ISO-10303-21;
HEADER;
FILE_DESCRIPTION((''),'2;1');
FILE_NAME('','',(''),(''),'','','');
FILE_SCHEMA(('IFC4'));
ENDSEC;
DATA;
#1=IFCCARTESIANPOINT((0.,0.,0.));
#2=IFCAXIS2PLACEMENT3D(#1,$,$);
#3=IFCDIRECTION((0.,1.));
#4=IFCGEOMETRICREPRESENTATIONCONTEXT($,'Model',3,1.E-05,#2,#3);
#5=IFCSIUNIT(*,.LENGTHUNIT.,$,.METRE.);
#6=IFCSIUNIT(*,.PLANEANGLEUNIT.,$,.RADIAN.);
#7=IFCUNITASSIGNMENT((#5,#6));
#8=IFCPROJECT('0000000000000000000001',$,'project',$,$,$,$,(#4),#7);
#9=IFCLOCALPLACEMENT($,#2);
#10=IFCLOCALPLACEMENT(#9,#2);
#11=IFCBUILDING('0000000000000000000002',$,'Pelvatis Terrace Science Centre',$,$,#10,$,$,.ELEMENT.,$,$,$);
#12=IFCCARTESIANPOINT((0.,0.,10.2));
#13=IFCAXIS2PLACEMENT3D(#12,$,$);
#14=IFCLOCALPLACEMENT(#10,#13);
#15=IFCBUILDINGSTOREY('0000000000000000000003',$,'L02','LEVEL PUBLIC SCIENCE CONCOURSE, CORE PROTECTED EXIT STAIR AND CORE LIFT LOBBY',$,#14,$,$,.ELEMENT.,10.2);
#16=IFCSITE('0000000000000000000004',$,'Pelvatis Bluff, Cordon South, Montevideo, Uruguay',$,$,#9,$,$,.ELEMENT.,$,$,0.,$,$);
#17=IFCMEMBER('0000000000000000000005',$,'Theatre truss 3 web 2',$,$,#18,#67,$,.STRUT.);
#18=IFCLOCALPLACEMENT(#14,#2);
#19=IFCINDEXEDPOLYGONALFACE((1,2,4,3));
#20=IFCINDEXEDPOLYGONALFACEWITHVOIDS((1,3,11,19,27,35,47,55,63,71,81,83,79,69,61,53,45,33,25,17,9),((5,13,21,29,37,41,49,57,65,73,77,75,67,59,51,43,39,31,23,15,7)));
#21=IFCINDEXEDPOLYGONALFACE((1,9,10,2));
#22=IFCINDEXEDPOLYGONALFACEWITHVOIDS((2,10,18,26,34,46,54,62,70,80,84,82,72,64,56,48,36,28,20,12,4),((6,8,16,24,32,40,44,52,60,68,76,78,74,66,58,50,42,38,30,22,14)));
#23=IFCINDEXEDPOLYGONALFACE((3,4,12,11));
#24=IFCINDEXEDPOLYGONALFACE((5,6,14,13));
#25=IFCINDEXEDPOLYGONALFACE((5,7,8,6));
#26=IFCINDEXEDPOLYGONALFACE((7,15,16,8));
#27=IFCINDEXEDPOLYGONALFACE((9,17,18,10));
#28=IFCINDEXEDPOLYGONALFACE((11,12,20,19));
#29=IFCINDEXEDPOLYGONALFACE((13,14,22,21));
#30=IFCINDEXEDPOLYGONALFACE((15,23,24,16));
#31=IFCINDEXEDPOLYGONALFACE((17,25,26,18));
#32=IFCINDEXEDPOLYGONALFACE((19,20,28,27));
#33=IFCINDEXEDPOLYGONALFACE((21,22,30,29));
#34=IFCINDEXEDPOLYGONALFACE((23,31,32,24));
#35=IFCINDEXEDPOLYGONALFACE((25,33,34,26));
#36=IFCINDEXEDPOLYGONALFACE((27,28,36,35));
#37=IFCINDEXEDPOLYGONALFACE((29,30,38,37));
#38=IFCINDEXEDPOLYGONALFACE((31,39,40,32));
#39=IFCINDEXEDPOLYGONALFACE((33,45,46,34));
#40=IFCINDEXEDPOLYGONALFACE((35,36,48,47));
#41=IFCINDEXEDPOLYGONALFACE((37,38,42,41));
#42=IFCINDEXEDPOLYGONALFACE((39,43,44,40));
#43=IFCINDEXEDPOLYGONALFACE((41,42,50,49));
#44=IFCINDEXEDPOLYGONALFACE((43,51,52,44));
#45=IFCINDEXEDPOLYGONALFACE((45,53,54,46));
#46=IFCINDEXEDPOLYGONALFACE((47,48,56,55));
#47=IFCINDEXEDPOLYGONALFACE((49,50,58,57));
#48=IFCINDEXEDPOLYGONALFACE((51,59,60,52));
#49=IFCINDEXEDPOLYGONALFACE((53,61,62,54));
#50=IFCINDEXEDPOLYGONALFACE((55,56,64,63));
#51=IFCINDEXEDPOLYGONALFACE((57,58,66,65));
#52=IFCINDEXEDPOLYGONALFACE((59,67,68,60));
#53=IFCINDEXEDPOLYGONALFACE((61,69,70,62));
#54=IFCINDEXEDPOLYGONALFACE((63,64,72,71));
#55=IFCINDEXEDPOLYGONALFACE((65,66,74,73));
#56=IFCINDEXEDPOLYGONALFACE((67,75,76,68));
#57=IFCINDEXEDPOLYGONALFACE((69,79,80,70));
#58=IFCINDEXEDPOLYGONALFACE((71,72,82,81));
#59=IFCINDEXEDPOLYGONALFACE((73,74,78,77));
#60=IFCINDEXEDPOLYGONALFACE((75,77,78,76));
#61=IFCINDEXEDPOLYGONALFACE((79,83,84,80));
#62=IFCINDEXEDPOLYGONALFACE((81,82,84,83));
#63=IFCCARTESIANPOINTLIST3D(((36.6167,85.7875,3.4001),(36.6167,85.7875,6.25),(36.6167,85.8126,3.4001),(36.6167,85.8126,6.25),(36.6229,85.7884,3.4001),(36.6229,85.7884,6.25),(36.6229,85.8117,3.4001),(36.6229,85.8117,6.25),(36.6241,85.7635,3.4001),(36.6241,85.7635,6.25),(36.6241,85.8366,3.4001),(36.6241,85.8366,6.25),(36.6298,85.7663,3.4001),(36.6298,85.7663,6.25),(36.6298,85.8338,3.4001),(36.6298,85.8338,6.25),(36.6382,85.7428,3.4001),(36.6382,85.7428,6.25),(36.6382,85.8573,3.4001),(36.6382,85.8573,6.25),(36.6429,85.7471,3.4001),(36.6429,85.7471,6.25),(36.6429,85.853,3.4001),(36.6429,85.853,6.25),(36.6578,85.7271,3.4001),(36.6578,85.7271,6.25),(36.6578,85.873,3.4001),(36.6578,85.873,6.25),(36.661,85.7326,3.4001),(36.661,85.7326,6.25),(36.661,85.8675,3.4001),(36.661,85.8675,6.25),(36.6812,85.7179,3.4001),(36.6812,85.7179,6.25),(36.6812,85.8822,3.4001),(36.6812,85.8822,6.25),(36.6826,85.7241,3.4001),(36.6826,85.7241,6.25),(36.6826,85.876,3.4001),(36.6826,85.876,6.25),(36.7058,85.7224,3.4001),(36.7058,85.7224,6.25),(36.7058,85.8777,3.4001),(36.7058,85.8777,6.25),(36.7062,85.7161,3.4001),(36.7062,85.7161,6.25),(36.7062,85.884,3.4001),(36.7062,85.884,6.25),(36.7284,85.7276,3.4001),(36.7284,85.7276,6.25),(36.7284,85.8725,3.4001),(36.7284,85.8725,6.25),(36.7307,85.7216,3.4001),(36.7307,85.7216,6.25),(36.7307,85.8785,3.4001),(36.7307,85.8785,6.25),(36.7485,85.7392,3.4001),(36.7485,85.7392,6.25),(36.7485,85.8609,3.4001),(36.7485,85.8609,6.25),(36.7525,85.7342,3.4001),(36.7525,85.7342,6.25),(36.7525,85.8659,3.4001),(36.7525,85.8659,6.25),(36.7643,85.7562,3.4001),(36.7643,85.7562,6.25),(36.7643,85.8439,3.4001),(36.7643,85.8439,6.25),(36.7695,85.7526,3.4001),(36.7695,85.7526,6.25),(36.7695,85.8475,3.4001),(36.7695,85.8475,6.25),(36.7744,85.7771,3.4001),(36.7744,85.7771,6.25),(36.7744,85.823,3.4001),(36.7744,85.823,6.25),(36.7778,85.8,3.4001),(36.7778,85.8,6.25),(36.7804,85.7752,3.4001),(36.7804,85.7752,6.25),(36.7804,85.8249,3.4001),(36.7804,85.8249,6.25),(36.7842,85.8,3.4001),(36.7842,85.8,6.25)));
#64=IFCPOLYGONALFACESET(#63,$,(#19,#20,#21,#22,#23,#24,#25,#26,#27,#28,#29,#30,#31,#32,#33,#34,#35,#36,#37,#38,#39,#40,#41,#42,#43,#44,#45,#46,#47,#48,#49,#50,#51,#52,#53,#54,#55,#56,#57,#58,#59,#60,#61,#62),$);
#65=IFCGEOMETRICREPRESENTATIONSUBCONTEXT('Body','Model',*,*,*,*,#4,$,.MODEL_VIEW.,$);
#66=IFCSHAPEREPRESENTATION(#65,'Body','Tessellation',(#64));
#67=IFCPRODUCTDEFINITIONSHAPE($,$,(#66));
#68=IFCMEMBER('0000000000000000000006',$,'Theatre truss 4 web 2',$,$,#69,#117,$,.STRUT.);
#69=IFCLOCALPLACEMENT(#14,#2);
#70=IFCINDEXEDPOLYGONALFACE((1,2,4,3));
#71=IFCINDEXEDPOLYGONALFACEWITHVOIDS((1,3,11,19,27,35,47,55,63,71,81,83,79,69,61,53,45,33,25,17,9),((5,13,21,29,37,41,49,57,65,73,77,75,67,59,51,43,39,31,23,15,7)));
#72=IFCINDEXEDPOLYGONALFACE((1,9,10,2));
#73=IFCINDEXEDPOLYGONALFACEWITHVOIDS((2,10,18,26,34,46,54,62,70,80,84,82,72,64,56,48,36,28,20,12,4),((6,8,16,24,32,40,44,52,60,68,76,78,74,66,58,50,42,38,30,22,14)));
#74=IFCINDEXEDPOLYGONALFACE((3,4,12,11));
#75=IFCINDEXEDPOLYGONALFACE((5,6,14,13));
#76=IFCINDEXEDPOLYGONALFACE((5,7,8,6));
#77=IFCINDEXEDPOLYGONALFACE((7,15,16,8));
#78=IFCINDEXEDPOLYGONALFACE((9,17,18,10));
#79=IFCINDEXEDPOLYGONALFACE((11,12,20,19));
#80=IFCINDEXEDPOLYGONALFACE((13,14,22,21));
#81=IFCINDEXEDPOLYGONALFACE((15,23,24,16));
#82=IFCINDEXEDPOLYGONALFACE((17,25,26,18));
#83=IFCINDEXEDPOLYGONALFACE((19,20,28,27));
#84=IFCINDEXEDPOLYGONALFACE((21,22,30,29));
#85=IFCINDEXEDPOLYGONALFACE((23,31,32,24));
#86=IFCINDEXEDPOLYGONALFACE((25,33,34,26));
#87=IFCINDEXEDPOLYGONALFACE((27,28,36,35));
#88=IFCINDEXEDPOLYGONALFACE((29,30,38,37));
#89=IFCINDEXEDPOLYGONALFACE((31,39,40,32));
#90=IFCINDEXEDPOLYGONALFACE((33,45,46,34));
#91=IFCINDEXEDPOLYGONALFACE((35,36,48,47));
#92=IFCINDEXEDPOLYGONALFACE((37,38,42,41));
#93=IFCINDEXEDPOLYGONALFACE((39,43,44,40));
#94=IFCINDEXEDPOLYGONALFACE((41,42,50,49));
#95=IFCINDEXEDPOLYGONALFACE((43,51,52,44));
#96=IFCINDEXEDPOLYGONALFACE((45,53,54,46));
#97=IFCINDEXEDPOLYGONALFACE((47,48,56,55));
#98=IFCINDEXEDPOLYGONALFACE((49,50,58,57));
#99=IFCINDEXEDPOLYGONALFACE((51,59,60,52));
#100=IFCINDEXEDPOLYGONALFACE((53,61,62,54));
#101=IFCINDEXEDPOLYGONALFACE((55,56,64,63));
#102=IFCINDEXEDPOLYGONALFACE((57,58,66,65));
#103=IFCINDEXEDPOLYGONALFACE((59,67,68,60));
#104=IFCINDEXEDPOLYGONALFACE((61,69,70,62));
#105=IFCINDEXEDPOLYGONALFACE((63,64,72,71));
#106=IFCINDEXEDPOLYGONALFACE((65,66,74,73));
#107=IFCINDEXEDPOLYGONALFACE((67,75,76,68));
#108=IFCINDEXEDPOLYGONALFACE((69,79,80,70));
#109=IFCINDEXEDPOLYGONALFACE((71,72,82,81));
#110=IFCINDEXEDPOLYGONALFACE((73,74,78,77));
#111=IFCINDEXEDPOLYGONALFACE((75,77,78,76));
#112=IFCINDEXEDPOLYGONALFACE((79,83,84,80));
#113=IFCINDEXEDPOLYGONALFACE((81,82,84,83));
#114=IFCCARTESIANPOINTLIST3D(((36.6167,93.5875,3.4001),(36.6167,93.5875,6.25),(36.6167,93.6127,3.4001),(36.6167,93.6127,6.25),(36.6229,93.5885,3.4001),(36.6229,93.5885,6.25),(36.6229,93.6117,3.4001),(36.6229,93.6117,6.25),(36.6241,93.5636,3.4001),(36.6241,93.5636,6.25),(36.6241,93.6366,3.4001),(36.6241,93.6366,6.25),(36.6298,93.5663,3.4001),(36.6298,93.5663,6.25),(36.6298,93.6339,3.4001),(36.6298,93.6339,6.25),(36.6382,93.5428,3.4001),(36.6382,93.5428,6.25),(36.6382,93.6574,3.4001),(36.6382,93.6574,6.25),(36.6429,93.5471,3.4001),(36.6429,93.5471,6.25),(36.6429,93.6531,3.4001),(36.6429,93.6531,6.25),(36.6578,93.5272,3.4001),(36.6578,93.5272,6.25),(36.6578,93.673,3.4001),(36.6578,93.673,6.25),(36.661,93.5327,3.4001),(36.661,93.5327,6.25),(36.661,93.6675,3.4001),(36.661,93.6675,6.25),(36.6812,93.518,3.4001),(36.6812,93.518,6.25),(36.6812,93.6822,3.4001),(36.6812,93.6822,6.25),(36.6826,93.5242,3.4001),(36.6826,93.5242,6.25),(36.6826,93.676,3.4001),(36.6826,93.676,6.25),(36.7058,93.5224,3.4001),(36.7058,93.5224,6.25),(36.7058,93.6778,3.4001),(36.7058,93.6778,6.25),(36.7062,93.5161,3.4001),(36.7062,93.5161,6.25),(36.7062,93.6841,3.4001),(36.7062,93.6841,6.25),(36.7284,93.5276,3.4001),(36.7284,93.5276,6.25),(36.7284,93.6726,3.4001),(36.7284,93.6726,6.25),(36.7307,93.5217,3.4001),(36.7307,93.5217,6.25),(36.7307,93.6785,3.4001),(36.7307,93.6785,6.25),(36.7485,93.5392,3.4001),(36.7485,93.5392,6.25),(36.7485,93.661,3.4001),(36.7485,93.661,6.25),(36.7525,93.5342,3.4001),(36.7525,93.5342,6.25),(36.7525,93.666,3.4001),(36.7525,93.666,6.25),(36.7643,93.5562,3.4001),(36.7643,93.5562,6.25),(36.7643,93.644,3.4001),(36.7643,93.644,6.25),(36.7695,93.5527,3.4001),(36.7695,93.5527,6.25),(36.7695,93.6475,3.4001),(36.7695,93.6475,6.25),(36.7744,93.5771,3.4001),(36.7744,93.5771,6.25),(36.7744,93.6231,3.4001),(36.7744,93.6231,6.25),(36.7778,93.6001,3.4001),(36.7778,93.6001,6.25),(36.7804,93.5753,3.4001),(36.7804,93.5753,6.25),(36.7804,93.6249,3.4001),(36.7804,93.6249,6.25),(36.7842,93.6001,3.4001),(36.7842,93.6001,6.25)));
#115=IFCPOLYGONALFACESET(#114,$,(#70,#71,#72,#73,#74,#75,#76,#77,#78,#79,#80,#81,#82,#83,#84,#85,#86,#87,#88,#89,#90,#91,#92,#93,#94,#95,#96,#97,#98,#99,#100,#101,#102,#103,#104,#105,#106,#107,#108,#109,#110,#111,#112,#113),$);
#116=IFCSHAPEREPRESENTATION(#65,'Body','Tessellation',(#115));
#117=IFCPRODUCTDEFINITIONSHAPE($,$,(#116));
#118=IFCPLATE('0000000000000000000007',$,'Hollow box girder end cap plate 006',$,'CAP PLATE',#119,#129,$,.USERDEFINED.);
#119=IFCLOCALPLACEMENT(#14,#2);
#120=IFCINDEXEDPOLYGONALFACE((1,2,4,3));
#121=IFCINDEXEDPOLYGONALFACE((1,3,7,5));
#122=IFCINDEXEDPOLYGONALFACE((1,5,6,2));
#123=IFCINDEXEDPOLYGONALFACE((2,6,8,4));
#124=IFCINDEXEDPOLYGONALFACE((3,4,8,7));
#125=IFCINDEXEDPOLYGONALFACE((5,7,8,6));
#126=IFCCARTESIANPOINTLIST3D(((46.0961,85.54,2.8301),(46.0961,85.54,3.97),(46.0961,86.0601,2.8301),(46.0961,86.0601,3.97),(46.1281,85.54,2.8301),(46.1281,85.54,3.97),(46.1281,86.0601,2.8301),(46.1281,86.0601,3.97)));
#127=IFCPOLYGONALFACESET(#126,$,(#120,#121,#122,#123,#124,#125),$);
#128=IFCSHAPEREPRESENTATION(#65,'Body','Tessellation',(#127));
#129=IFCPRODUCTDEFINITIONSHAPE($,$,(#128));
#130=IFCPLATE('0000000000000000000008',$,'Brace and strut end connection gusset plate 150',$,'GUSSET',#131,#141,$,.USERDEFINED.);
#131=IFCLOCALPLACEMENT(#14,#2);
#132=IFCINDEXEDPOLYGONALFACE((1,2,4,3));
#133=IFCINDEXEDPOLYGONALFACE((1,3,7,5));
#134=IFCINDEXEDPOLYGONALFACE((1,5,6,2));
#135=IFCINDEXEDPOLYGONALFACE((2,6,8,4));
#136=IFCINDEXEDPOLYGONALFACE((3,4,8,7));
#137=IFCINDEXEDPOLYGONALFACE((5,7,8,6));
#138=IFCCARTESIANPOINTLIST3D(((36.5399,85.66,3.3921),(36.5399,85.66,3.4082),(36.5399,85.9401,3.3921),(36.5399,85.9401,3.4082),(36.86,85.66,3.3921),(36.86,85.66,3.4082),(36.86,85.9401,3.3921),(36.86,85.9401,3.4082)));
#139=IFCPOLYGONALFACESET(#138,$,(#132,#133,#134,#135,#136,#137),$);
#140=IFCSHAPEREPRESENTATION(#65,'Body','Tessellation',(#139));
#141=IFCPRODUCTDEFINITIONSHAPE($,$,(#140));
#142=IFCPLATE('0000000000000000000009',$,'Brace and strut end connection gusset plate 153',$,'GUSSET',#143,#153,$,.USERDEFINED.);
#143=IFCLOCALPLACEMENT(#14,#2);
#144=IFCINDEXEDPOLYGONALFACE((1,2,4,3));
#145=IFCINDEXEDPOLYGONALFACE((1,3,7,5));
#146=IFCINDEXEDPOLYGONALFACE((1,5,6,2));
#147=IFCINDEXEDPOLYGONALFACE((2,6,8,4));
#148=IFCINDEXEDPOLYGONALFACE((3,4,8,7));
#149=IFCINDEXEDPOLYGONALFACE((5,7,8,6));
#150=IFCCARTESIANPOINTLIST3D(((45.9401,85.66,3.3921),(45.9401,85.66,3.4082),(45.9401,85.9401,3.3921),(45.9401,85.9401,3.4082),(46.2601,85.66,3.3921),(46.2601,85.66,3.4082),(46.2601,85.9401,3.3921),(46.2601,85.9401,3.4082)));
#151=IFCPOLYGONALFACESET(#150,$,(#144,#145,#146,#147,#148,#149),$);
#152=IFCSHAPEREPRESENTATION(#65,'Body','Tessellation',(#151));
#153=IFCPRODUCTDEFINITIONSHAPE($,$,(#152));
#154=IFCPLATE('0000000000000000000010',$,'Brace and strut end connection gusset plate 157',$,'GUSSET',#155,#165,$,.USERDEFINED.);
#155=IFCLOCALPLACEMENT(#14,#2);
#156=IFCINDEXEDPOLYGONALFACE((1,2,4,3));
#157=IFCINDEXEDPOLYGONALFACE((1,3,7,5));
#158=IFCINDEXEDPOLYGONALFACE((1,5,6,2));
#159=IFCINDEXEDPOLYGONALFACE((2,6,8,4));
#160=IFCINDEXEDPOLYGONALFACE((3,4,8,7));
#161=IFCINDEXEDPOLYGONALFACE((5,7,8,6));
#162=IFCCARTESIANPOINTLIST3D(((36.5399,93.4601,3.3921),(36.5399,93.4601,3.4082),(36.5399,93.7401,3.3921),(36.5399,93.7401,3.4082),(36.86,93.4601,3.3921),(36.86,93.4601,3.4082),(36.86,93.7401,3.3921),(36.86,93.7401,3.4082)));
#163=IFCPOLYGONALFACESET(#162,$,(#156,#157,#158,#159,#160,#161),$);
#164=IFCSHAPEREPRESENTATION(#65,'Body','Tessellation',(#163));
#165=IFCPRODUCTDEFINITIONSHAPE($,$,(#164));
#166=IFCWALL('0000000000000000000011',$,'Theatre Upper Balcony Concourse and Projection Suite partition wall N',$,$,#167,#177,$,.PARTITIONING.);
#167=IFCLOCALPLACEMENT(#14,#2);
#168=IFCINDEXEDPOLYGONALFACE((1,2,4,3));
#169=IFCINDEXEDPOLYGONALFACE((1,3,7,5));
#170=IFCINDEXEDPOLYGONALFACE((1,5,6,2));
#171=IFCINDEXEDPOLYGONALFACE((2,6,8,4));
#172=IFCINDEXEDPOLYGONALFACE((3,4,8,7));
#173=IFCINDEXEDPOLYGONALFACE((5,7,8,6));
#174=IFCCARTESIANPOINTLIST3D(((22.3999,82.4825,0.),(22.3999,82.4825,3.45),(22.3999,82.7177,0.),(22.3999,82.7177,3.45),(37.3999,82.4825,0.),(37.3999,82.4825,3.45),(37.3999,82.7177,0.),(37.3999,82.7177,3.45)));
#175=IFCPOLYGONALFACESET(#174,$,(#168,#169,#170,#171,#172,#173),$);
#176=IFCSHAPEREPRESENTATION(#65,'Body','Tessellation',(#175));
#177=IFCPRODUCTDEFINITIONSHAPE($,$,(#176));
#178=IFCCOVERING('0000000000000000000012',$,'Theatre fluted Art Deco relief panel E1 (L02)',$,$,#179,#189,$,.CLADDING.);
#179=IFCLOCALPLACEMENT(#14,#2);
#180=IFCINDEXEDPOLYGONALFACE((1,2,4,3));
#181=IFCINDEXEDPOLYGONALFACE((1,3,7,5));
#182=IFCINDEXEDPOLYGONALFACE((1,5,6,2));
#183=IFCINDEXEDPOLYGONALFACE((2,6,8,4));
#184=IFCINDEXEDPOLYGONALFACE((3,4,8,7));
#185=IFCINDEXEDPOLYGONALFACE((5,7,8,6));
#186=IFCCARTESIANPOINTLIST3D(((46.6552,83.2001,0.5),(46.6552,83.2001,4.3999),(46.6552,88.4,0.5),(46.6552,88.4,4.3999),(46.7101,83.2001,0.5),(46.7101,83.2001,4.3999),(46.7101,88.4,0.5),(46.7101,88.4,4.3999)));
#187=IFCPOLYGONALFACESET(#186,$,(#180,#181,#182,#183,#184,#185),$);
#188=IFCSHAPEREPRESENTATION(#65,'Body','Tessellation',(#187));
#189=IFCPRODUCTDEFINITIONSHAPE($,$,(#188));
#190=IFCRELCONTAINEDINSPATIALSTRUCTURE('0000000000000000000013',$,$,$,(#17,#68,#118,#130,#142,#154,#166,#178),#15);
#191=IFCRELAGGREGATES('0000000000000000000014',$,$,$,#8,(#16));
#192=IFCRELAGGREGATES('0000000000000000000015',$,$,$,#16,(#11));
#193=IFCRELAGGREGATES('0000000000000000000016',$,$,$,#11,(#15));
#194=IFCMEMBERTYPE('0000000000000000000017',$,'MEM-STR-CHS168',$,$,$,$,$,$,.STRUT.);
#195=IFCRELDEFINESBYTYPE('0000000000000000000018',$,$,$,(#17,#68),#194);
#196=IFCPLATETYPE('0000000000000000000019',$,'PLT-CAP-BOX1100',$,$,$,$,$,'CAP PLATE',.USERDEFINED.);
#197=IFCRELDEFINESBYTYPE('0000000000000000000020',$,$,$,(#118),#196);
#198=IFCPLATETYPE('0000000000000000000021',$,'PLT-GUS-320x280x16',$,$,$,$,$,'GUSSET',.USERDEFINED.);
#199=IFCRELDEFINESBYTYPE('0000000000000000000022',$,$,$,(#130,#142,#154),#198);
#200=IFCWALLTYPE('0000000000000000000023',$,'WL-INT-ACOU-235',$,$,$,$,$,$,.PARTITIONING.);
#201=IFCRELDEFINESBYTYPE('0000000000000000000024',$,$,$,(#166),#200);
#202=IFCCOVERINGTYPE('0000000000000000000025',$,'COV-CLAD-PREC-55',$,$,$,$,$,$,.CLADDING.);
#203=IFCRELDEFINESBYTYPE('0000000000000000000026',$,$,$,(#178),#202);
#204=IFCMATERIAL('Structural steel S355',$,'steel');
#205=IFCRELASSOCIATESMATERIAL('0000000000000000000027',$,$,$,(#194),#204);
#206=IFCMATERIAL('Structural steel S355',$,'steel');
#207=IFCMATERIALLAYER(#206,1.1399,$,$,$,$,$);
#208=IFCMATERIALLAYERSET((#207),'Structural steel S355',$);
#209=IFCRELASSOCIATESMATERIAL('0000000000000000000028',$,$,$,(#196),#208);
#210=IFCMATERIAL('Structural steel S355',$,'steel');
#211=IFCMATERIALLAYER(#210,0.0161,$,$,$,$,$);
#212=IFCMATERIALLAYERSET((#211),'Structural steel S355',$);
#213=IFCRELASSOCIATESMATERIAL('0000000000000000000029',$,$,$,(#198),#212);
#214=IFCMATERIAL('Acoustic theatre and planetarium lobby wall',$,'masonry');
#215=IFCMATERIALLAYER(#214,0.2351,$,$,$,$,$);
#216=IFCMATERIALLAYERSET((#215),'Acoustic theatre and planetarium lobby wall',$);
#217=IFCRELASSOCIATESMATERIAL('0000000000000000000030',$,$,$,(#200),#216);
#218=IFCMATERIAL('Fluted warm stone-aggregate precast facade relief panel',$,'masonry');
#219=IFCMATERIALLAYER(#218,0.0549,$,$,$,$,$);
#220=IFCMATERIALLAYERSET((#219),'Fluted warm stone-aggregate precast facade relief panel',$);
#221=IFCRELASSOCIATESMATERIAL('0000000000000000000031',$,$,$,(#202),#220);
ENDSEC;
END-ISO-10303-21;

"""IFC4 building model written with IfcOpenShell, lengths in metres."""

from ifc_helpers import new_model, si_unit, direction, frame, frame_2d, origin, origin_2d, place, context, subcontext, project, spatial, rectangle, hollow_circle, extrude, material, layer, layer_set, material_profile, profile_set, type_object, element, save


model = new_model("IFC4")

# Units and contexts
model_context = context("Model", 3, precision=1e-05, world=origin(), true_north=direction((0.0, 1.0)))
body_context = subcontext(model_context, "Body", "Model", "MODEL_VIEW")
ifc_project = project(units=[si_unit("LENGTHUNIT", "METRE"), si_unit("PLANEANGLEUNIT", "RADIAN")], contexts=[model_context])

# Site, building, storey
site_placement = place(None, origin())
site = spatial("IfcSite", under=ifc_project, at=site_placement, Name="Pelvatis Bluff, Cordon South, Montevideo, Uruguay", CompositionType="ELEMENT", RefElevation=0.0)
building_placement = place(site_placement, origin())
building = spatial("IfcBuilding", under=site, at=building_placement, Name="Pelvatis Terrace Science Centre", CompositionType="ELEMENT")
storey_placement = place(building_placement, frame((0.0, 0.0, 10.2)))
storey = spatial("IfcBuildingStorey", under=building, at=storey_placement, Name="L02", Description="LEVEL PUBLIC SCIENCE CONCOURSE, CORE PROTECTED EXIT STAIR AND CORE LIFT LOBBY", CompositionType="ELEMENT", Elevation=10.2)

# Members
ifc_material_1 = material(Name="Structural steel S355", Category="steel")
ifc_material_profile_1 = material_profile(ifc_material_1, hollow_circle(Radius=0.0842, WallThickness=0.0063, at=origin_2d()), Name="CHS 168.3x6.3")
ifc_profile_set_1 = profile_set([ifc_material_profile_1], Name="Structural steel S355")
member_type_1 = type_object("IfcMemberType", Name="MEM-STR-CHS168", PredefinedType="STRUT", material=ifc_profile_set_1)
for number, where, z_axis, x_axis, name in (
    (1, (36.7, 85.8, 3.4001), (0.0, 0.0, 1.0), (1.0, 0.0, 0.0), "Theatre truss 3 web 2"),
    (2, (36.7, 93.6001, 3.4001), (0.0, 0.0, 1.0), (1.0, 0.0, 0.0), "Theatre truss 4 web 2"),
):
    element("IfcMember", number, at=place(storey_placement, frame(where, z_axis=z_axis, x_axis=x_axis)), inside=storey, type_object=member_type_1, Name=name, PredefinedType="STRUT", context=body_context, shape_type="SweptSolid", body=[
        extrude(hollow_circle(Radius=0.0842, WallThickness=0.0063, at=origin_2d()), origin(), (0.0, 0.0, 1.0), 2.8499),
    ])

# Plates
ifc_material_2 = material(Name="Structural steel S355", Category="steel")
ifc_layer_1 = layer(ifc_material_2, 1.1399)
ifc_layer_set_1 = layer_set([ifc_layer_1], Name="Structural steel S355")
plate_type_1 = type_object("IfcPlateType", Name="PLT-CAP-BOX1100", ElementType="CAP PLATE", PredefinedType="USERDEFINED", material=ifc_layer_set_1)
plate_placement = place(storey_placement, frame((46.1121, 85.8, 2.8301), z_axis=(0.0, 0.0, 1.0), x_axis=(1.0, 0.0, 0.0)))
element("IfcPlate", 3, at=plate_placement, inside=storey, type_object=plate_type_1, Name="Hollow box girder end cap plate 006", ObjectType="CAP PLATE", PredefinedType="USERDEFINED", context=body_context, shape_type="SweptSolid", body=[
    extrude(rectangle(XDim=0.032, YDim=0.52, at=origin_2d()), origin(), (0.0, 0.0, 1.0), 1.1399),
])
ifc_material_3 = material(Name="Structural steel S355", Category="steel")
ifc_layer_2 = layer(ifc_material_3, 0.0161)
ifc_layer_set_2 = layer_set([ifc_layer_2], Name="Structural steel S355")
plate_type_2 = type_object("IfcPlateType", Name="PLT-GUS-320x280x16", ElementType="GUSSET", PredefinedType="USERDEFINED", material=ifc_layer_set_2)
for number, where, z_axis, x_axis, name in (
    (4, (36.7, 85.8, 3.3921), (0.0, 0.0, 1.0), (1.0, 0.0, 0.0), "Brace and strut end connection gusset plate 150"),
    (5, (46.1001, 85.8, 3.3921), (0.0, 0.0, 1.0), (1.0, 0.0, 0.0), "Brace and strut end connection gusset plate 153"),
    (6, (36.7, 93.6001, 3.3921), (0.0, 0.0, 1.0), (1.0, 0.0, 0.0), "Brace and strut end connection gusset plate 157"),
):
    element("IfcPlate", number, at=place(storey_placement, frame(where, z_axis=z_axis, x_axis=x_axis)), inside=storey, type_object=plate_type_2, Name=name, ObjectType="GUSSET", PredefinedType="USERDEFINED", context=body_context, shape_type="SweptSolid", body=[
        extrude(rectangle(XDim=0.3201, YDim=0.28, at=origin_2d()), origin(), (0.0, 0.0, 1.0), 0.0161),
    ])

# Wall
ifc_material_4 = material(Name="Acoustic theatre and planetarium lobby wall", Category="masonry")
ifc_layer_3 = layer(ifc_material_4, 0.2351)
ifc_layer_set_3 = layer_set([ifc_layer_3], Name="Acoustic theatre and planetarium lobby wall")
wall_type = type_object("IfcWallType", Name="WL-INT-ACOU-235", PredefinedType="PARTITIONING", material=ifc_layer_set_3)
wall_placement = place(storey_placement, frame((37.3999, 82.6001, 0.0), z_axis=(0.0, 0.0, 1.0), x_axis=(-1.0, 0.0, 0.0)))
element("IfcWall", 7, at=wall_placement, inside=storey, type_object=wall_type, Name="Theatre Upper Balcony Concourse and Projection Suite partition wall N", PredefinedType="PARTITIONING", context=body_context, shape_type="SweptSolid", body=[
    extrude(rectangle(XDim=15.0, YDim=0.2351, at=frame_2d((7.5, 0.0))), origin(), (0.0, 0.0, 1.0), 3.45),
])

# Covering
ifc_material_5 = material(Name="Fluted warm stone-aggregate precast facade relief panel", Category="masonry")
ifc_layer_4 = layer(ifc_material_5, 0.0549)
ifc_layer_set_4 = layer_set([ifc_layer_4], Name="Fluted warm stone-aggregate precast facade relief panel")
covering_type = type_object("IfcCoveringType", Name="COV-CLAD-PREC-55", PredefinedType="CLADDING", material=ifc_layer_set_4)
covering_placement = place(storey_placement, frame((46.6826, 85.8, 0.5), z_axis=(0.0, 0.0, 1.0), x_axis=(1.0, 0.0, 0.0)))
element("IfcCovering", 8, at=covering_placement, inside=storey, type_object=covering_type, Name="Theatre fluted Art Deco relief panel E1 (L02)", PredefinedType="CLADDING", context=body_context, shape_type="SweptSolid", body=[
    extrude(rectangle(XDim=0.0549, YDim=5.2, at=origin_2d()), origin(), (0.0, 0.0, 1.0), 3.8999),
])

save(model, "model.ifc")
